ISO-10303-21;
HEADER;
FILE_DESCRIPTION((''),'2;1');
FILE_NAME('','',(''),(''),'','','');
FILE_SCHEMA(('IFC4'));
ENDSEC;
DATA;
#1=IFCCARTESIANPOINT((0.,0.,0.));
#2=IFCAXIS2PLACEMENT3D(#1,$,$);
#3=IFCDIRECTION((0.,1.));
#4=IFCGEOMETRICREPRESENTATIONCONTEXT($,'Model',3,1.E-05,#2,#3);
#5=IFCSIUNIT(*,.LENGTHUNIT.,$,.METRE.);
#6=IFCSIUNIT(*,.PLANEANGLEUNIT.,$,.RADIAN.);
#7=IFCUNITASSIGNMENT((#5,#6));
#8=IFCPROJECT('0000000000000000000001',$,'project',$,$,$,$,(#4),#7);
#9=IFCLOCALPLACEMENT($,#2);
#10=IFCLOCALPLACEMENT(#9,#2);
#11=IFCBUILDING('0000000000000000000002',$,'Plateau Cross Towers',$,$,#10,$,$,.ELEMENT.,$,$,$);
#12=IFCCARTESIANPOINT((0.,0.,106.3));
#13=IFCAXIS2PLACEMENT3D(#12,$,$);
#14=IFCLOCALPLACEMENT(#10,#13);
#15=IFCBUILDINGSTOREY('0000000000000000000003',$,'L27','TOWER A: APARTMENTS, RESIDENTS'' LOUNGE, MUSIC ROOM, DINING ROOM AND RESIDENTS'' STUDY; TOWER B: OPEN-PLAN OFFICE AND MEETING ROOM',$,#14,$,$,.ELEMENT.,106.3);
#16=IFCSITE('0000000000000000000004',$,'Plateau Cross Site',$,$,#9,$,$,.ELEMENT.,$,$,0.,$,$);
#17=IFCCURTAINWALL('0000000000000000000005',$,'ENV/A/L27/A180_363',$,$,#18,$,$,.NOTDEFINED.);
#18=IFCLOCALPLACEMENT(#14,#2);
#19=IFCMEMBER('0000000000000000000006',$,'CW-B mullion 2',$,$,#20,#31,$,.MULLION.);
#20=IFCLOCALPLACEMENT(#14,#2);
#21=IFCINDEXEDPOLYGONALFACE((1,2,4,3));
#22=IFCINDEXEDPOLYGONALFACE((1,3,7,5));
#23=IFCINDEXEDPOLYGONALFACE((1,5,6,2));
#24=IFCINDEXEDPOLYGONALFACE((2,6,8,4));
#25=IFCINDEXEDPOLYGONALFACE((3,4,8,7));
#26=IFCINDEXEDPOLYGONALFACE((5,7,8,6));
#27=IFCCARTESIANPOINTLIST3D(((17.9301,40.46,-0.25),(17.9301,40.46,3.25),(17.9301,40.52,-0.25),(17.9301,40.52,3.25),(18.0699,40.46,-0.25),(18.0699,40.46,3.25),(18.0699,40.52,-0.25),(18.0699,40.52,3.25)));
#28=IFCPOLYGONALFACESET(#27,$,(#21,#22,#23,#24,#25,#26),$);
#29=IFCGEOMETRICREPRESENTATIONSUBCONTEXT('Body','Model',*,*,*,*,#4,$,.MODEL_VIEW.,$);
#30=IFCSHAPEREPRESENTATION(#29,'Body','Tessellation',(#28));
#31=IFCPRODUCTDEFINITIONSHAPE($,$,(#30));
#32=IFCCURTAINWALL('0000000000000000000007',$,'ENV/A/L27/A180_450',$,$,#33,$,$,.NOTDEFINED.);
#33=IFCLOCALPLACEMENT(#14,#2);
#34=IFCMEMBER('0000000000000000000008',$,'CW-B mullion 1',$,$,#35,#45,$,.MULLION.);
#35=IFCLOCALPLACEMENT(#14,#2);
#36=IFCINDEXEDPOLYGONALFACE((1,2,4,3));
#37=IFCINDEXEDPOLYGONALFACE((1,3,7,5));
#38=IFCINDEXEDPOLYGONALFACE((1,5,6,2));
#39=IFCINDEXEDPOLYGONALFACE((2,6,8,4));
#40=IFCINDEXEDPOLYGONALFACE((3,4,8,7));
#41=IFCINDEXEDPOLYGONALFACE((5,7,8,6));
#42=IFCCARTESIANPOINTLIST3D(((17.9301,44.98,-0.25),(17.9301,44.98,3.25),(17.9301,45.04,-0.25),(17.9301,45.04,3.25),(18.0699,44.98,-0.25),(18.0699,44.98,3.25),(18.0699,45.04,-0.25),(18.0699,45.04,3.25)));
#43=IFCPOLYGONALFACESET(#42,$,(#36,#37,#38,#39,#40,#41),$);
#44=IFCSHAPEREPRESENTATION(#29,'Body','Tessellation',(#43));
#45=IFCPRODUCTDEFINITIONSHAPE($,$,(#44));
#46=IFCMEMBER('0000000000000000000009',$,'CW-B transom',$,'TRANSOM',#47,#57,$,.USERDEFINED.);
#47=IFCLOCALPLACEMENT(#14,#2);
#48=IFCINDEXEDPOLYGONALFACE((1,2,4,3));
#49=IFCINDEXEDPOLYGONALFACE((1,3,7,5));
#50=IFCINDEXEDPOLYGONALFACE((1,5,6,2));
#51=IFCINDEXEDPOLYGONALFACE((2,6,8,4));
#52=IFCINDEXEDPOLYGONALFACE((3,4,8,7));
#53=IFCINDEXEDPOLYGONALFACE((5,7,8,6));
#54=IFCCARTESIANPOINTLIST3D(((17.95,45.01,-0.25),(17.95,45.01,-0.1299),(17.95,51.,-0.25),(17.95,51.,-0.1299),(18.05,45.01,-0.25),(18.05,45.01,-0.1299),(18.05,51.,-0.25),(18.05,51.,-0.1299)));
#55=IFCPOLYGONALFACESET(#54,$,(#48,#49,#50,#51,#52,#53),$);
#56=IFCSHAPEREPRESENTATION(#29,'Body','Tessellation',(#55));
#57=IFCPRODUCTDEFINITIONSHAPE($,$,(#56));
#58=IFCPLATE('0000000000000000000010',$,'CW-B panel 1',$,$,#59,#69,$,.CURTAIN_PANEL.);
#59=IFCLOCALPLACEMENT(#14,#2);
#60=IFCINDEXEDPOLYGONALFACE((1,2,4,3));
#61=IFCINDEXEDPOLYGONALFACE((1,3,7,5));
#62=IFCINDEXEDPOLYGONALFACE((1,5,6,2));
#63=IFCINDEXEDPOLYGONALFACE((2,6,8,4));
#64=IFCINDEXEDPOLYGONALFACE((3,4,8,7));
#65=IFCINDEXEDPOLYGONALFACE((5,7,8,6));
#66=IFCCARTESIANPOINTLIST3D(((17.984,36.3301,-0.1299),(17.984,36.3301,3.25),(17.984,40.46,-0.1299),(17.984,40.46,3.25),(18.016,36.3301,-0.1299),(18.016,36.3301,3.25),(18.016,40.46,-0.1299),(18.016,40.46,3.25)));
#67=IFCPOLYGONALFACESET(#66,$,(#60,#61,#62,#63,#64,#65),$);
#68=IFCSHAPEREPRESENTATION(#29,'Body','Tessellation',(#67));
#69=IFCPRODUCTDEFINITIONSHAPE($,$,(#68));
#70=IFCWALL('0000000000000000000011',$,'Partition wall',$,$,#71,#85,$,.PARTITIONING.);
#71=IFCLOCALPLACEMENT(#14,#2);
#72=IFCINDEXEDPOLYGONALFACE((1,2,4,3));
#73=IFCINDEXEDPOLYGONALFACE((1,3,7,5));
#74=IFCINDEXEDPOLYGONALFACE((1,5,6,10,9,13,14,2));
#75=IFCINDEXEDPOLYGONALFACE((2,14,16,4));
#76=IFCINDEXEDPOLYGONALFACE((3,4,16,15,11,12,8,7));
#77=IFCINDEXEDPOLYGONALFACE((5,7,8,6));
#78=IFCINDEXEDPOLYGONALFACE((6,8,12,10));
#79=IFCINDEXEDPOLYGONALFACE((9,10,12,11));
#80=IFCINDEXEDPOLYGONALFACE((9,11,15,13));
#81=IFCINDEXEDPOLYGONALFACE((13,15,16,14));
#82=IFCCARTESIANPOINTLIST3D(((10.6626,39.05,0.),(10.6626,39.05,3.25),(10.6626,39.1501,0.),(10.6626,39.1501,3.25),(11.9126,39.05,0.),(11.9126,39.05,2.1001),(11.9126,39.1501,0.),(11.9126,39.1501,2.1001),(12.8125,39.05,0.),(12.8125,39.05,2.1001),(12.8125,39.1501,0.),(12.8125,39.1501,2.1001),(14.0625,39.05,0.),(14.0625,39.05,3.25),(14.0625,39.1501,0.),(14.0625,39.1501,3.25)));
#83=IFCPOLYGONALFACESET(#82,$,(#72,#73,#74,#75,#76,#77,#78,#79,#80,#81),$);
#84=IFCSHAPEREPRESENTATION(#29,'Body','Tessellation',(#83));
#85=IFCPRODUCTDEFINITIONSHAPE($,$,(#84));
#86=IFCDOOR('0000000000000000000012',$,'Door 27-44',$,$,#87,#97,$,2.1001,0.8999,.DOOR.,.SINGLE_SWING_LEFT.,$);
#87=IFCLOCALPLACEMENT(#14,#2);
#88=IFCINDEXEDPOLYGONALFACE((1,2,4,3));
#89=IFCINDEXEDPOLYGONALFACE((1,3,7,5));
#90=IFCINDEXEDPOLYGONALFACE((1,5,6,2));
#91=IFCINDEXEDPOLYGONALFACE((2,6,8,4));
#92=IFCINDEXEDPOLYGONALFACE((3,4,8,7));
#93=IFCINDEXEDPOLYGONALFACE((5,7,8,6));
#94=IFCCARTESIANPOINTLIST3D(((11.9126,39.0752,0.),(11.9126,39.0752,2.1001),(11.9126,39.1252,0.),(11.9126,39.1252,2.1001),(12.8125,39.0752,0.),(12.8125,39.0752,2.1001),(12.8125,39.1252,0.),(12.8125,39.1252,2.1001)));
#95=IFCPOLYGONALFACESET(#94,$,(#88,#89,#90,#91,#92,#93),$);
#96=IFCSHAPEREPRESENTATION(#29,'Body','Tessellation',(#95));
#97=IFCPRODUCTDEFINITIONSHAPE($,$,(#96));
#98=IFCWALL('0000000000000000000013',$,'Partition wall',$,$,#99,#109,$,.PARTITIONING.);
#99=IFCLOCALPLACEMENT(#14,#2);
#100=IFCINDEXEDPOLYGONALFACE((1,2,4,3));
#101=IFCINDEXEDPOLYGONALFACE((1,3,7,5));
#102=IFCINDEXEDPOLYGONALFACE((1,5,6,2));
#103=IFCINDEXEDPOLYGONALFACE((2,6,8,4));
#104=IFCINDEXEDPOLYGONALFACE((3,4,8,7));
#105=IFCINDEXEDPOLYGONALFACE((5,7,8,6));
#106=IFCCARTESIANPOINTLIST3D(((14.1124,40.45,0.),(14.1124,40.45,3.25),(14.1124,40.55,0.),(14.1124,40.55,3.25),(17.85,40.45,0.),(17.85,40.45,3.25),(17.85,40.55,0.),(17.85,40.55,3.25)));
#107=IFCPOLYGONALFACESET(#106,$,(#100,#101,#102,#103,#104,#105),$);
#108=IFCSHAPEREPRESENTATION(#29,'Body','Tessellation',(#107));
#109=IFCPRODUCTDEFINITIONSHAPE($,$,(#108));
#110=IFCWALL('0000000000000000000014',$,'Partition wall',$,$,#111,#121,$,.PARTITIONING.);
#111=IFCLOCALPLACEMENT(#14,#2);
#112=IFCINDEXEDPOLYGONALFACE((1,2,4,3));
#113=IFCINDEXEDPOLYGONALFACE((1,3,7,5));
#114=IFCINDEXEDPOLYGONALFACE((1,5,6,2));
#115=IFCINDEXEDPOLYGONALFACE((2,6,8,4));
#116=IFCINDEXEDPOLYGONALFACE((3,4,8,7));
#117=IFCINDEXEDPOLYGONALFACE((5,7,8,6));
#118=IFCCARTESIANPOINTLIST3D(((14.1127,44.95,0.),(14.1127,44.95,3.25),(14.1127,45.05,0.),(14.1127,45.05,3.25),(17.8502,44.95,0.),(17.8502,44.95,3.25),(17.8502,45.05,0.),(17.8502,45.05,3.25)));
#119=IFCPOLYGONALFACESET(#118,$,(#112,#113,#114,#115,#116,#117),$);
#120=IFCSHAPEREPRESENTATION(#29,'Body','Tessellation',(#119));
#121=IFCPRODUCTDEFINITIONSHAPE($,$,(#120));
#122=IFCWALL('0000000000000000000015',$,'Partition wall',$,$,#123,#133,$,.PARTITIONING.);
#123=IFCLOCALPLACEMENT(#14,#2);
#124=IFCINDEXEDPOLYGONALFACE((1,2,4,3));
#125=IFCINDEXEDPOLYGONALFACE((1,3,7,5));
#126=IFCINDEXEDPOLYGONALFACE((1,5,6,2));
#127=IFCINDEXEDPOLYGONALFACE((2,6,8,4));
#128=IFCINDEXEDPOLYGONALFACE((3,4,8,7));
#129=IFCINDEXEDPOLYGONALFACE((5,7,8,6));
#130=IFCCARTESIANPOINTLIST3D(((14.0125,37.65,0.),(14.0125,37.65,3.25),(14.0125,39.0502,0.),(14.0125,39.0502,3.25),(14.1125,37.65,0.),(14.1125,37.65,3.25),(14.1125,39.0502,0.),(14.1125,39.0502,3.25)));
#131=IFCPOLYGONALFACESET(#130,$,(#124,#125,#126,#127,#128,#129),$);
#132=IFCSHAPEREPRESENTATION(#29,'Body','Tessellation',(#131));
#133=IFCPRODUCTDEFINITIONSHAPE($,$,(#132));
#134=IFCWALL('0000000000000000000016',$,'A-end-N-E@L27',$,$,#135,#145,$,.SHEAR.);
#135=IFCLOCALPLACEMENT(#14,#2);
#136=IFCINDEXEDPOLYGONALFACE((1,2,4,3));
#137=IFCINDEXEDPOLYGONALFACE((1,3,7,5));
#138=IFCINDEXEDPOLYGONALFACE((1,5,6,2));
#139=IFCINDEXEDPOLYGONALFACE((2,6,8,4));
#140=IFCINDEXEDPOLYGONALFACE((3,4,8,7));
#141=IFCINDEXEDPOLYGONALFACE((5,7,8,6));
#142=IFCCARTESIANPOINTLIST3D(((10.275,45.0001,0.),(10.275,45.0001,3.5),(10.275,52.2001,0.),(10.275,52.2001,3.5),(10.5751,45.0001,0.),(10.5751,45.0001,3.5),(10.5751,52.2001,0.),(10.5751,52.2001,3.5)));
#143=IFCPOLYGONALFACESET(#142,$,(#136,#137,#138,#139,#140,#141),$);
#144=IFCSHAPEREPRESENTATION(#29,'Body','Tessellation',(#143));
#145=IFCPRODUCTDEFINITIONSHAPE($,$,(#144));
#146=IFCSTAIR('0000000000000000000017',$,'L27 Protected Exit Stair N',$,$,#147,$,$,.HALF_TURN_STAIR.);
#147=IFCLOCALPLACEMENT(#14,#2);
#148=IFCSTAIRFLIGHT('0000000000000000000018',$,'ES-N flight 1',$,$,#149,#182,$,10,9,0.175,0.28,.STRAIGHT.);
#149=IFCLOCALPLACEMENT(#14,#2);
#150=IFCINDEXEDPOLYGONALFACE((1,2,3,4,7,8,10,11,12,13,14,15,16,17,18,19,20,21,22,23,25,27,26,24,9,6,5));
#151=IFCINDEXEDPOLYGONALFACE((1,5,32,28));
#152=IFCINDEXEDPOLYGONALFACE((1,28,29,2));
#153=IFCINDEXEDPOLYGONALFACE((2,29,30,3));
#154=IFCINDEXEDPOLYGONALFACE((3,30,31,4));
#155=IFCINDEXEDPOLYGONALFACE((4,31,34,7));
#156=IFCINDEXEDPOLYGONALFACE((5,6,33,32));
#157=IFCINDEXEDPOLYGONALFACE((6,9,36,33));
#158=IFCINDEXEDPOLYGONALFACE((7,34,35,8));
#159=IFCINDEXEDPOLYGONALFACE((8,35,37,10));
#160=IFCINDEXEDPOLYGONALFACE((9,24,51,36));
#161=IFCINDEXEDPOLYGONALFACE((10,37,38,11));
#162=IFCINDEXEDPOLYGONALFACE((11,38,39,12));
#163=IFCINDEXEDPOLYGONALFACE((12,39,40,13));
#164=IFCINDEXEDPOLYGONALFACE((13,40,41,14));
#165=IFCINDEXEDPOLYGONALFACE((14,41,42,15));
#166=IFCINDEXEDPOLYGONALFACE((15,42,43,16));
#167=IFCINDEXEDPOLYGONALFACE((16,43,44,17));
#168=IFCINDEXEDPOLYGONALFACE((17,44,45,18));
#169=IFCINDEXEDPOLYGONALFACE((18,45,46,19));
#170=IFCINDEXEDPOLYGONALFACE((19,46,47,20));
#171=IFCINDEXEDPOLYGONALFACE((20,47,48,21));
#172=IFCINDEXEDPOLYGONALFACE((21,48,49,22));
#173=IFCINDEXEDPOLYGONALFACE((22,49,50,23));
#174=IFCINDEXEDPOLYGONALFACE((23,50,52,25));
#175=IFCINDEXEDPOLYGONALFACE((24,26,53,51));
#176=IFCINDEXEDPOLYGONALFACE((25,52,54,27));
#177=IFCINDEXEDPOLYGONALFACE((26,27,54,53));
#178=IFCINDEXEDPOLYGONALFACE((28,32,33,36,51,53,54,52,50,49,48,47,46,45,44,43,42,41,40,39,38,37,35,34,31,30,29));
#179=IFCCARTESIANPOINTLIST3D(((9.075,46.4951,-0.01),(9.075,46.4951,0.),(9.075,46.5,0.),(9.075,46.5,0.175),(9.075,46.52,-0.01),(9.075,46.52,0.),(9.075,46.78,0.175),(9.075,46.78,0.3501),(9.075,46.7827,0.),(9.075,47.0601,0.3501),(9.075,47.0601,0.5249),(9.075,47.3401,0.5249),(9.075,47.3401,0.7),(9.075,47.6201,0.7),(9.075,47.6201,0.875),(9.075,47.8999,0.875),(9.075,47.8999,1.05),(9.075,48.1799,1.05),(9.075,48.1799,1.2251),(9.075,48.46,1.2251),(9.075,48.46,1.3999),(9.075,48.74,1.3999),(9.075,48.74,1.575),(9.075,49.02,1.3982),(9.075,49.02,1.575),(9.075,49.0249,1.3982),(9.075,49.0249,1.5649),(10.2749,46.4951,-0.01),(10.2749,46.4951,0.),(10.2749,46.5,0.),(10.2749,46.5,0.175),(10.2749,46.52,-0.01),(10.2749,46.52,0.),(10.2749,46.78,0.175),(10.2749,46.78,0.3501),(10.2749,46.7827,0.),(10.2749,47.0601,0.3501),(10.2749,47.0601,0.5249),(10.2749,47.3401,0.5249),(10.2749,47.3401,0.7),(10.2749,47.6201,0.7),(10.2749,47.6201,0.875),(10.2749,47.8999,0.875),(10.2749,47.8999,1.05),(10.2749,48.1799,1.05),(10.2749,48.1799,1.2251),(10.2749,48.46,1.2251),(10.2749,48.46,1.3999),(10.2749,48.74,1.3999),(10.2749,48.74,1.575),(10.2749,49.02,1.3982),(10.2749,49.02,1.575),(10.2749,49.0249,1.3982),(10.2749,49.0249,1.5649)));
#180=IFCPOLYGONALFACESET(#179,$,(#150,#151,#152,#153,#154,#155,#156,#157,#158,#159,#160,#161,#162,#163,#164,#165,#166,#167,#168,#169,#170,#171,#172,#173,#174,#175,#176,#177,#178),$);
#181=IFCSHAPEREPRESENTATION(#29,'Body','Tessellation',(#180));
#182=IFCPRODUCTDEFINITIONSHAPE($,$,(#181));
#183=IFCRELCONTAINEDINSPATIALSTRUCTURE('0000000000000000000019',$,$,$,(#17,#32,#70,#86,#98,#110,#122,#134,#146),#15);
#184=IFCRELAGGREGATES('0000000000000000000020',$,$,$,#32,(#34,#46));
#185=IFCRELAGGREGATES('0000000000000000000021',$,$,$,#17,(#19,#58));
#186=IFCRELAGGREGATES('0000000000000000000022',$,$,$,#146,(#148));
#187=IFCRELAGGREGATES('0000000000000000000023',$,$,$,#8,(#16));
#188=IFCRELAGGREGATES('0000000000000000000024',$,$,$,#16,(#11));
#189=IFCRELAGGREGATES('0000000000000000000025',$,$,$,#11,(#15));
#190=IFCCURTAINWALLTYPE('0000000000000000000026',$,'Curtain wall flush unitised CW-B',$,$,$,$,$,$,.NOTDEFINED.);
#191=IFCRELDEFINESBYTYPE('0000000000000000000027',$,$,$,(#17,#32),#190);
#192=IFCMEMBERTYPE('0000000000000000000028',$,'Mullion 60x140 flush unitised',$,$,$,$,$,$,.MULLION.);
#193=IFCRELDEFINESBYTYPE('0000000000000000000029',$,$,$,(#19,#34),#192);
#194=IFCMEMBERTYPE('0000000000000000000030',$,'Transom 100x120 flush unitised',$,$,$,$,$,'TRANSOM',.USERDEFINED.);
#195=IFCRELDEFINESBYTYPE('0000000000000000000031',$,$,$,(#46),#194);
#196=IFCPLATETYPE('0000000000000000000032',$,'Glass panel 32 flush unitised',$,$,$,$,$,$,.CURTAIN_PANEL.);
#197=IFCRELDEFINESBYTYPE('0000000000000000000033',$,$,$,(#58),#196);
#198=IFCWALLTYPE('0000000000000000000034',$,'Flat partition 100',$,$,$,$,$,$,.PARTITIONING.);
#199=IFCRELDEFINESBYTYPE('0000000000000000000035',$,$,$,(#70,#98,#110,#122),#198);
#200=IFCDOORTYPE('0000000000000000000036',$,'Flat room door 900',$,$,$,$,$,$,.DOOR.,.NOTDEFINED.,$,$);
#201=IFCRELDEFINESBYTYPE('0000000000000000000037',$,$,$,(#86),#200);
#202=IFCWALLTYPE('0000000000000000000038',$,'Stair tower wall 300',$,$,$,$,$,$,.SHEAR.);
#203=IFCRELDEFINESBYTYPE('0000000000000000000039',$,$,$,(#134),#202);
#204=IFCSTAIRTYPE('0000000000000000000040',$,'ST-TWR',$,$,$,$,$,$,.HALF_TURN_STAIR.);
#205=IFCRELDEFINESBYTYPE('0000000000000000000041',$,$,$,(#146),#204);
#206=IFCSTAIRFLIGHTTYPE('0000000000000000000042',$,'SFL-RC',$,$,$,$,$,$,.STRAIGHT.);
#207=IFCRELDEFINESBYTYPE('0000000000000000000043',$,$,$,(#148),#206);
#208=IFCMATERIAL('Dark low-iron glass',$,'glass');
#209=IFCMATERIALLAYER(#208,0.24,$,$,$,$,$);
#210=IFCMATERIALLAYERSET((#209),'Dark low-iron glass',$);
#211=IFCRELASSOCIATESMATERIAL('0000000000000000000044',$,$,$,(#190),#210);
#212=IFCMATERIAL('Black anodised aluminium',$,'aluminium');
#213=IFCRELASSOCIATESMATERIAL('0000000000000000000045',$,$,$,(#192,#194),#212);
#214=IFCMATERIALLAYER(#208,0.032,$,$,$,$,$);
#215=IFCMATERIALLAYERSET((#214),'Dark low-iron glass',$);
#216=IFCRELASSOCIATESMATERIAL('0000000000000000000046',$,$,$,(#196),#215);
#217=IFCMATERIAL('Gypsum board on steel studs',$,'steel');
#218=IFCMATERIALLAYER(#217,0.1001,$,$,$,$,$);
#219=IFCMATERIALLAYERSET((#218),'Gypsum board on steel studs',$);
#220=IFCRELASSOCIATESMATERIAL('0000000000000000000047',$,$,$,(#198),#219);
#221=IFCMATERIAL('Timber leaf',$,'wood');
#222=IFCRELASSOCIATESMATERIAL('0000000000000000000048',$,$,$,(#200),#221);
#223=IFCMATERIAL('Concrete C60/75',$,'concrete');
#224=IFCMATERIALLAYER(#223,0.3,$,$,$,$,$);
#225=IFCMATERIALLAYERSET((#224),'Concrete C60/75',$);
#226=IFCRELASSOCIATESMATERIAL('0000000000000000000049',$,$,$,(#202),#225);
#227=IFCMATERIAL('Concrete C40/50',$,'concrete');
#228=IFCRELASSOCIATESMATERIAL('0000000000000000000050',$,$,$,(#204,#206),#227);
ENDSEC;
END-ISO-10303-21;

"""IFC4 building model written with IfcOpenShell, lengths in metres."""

from ifc_helpers import new_model, si_unit, direction, frame, frame_2d, origin, origin_2d, place, context, subcontext, project, spatial, polyline, rectangle, outline, extrude, material, layer, layer_set, material_profile, profile_set, type_object, element, fill, aggregate, save


model = new_model("IFC4")

# Units and contexts
model_context = context("Model", 3, precision=1e-05, world=origin(), true_north=direction((0.0, 1.0)))
body_context = subcontext(model_context, "Body", "Model", "MODEL_VIEW")
ifc_project = project(units=[si_unit("LENGTHUNIT", "METRE"), si_unit("PLANEANGLEUNIT", "RADIAN")], contexts=[model_context])

# Site, building, storey
site_placement = place(None, origin())
site = spatial("IfcSite", under=ifc_project, at=site_placement, Name="Plateau Cross Site", CompositionType="ELEMENT", RefElevation=0.0)
building_placement = place(site_placement, origin())
building = spatial("IfcBuilding", under=site, at=building_placement, Name="Plateau Cross Towers", CompositionType="ELEMENT")
storey_placement = place(building_placement, frame((0.0, 0.0, 106.3)))
storey = spatial("IfcBuildingStorey", under=building, at=storey_placement, Name="L27", Description="TOWER A: APARTMENTS, RESIDENTS' LOUNGE, MUSIC ROOM, DINING ROOM AND RESIDENTS' STUDY; TOWER B: OPEN-PLAN OFFICE AND MEETING ROOM", CompositionType="ELEMENT", Elevation=106.3)

# Curtain wall, member
ifc_material_1 = material(Name="Dark low-iron glass", Category="glass")
ifc_layer_1 = layer(ifc_material_1, 0.24)
ifc_layer_set_1 = layer_set([ifc_layer_1], Name="Dark low-iron glass")
curtain_wall_type = type_object("IfcCurtainWallType", Name="Curtain wall flush unitised CW-B", PredefinedType="NOTDEFINED", material=ifc_layer_set_1)
curtain_wall_1_placement = place(storey_placement, origin())
curtain_wall_1 = element("IfcCurtainWall", 1, at=curtain_wall_1_placement, inside=storey, type_object=curtain_wall_type, Name="ENV/A/L27/A180_363", PredefinedType="NOTDEFINED")
ifc_material_2 = material(Name="Black anodised aluminium", Category="aluminium")
ifc_material_profile_1 = material_profile(ifc_material_2, rectangle(XDim=0.0601, YDim=0.1399, at=origin_2d()), Name="MULLION 60x140")
ifc_profile_set_1 = profile_set([ifc_material_profile_1], Name="Black anodised aluminium")
member_type_1 = type_object("IfcMemberType", Name="Mullion 60x140 flush unitised", PredefinedType="MULLION", material=ifc_profile_set_1)
member_1_placement = place(storey_placement, frame((18.0, 40.49, -0.25), z_axis=(0.0, 0.0, 1.0), x_axis=(0.0, 1.0, 0.0)))
member_1 = element("IfcMember", 2, at=member_1_placement, type_object=member_type_1, Name="CW-B mullion 2", PredefinedType="MULLION", context=body_context, shape_type="SweptSolid", body=[
    extrude(rectangle(XDim=0.0601, YDim=0.1399, at=origin_2d()), origin(), (0.0, 0.0, 1.0), 3.5),
])

# Curtain wall, members
curtain_wall_2_placement = place(storey_placement, origin())
curtain_wall_2 = element("IfcCurtainWall", 3, at=curtain_wall_2_placement, inside=storey, type_object=curtain_wall_type, Name="ENV/A/L27/A180_450", PredefinedType="NOTDEFINED")
member_2_placement = place(storey_placement, frame((18.0, 45.01, -0.25), z_axis=(0.0, 0.0, 1.0), x_axis=(0.0, 1.0, 0.0)))
member_2 = element("IfcMember", 4, at=member_2_placement, type_object=member_type_1, Name="CW-B mullion 1", PredefinedType="MULLION", context=body_context, shape_type="SweptSolid", body=[
    extrude(rectangle(XDim=0.0601, YDim=0.1399, at=origin_2d()), origin(), (0.0, 0.0, 1.0), 3.5),
])
ifc_material_profile_2 = material_profile(ifc_material_2, rectangle(XDim=0.1001, YDim=0.1201, at=origin_2d()), Name="TRANSOM 100x120")
ifc_profile_set_2 = profile_set([ifc_material_profile_2], Name="Black anodised aluminium")
member_type_2 = type_object("IfcMemberType", Name="Transom 100x120 flush unitised", ElementType="TRANSOM", PredefinedType="USERDEFINED", material=ifc_profile_set_2)
member_3_placement = place(storey_placement, frame((18.0, 45.01, -0.1899), z_axis=(0.0, 1.0, 0.0), x_axis=(-1.0, 0.0, 0.0)))
member_3 = element("IfcMember", 5, at=member_3_placement, type_object=member_type_2, Name="CW-B transom", ObjectType="TRANSOM", PredefinedType="USERDEFINED", context=body_context, shape_type="SweptSolid", body=[
    extrude(rectangle(XDim=0.1001, YDim=0.1201, at=origin_2d()), origin(), (0.0, 0.0, 1.0), 5.99),
])
aggregate(curtain_wall_2, [member_2, member_3])

# Plate
ifc_layer_2 = layer(ifc_material_1, 0.032)
ifc_layer_set_2 = layer_set([ifc_layer_2], Name="Dark low-iron glass")
plate_type = type_object("IfcPlateType", Name="Glass panel 32 flush unitised", PredefinedType="CURTAIN_PANEL", material=ifc_layer_set_2)
plate_placement = place(storey_placement, frame((18.0, 38.395, -0.1299), z_axis=(0.0, 0.0, 1.0), x_axis=(0.0, 1.0, 0.0)))
plate = element("IfcPlate", 6, at=plate_placement, type_object=plate_type, Name="CW-B panel 1", PredefinedType="CURTAIN_PANEL", context=body_context, shape_type="SweptSolid", body=[
    extrude(rectangle(XDim=4.1299, YDim=0.032, at=origin_2d()), origin(), (0.0, 0.0, 1.0), 3.3799),
])
aggregate(curtain_wall_1, [member_1, plate])

# Wall, opening, door
ifc_material_3 = material(Name="Gypsum board on steel studs", Category="steel")
ifc_layer_3 = layer(ifc_material_3, 0.1001)
ifc_layer_set_3 = layer_set([ifc_layer_3], Name="Gypsum board on steel studs")
wall_type_1 = type_object("IfcWallType", Name="Flat partition 100", PredefinedType="PARTITIONING", material=ifc_layer_set_3)
wall_1_placement = place(storey_placement, frame((14.0625, 39.1001, 0.0), z_axis=(0.0, 0.0, 1.0), x_axis=(-1.0, 0.0, 0.0)))
wall_1 = element("IfcWall", 7, at=wall_1_placement, inside=storey, type_object=wall_type_1, Name="Partition wall", PredefinedType="PARTITIONING", context=body_context, shape_type="SweptSolid", body=[
    extrude(rectangle(XDim=3.3999, YDim=0.1001, at=frame_2d((1.7, 0.0))), origin(), (0.0, 0.0, 1.0), 3.25),
])
opening_1_placement = place(wall_1_placement, frame((1.25, 0.0, 0.0)))
opening_1 = element("IfcOpeningElement", 8, at=opening_1_placement, cuts=wall_1, PredefinedType="OPENING", context=body_context, shape_type="SweptSolid", body=[
    extrude(rectangle(XDim=0.8999, YDim=2.1001, at=frame_2d((0.45, 1.05))), frame((0.0, 0.0601, 0.0), z_axis=(0.0, -1.0, 0.0), x_axis=(1.0, 0.0, 0.0)), (0.0, 0.0, 1.0), 0.1201),
])
ifc_material_4 = material(Name="Timber leaf", Category="wood")
door_type_1 = type_object("IfcDoorType", Name="Flat room door 900", OperationType="NOTDEFINED", PredefinedType="DOOR", material=ifc_material_4)
door_1_placement = place(opening_1_placement, origin())
door_1 = element("IfcDoor", 9, at=door_1_placement, inside=storey, type_object=door_type_1, Name="Door 27-44", OperationType="SINGLE_SWING_LEFT", OverallHeight=2.1001, OverallWidth=0.8999, PredefinedType="DOOR", context=body_context, shape_type="SweptSolid", body=[
    extrude(rectangle(XDim=0.8999, YDim=2.1001, at=frame_2d((0.45, 1.05))), frame((0.0, 0.0249, 0.0), z_axis=(0.0, -1.0, 0.0), x_axis=(1.0, 0.0, 0.0)), (0.0, 0.0, 1.0), 0.05),
])
fill(opening_1, door_1)

# Walls
for number, where, z_axis, x_axis, name in (
    (10, (14.1125, 40.5, 0.0), (0.0, 0.0, 1.0), (1.0, 0.0, 0.0), "Partition wall"),
    (11, (17.8501, 45.0, 0.0), (0.0, 0.0, 1.0), (-1.0, 0.0, 0.0), "Partition wall"),
):
    element("IfcWall", number, at=place(storey_placement, frame(where, z_axis=z_axis, x_axis=x_axis)), inside=storey, type_object=wall_type_1, Name=name, PredefinedType="PARTITIONING", context=body_context, shape_type="SweptSolid", body=[
        extrude(rectangle(XDim=3.7375, YDim=0.1001, at=frame_2d((1.8687, 0.0))), origin(), (0.0, 0.0, 1.0), 3.25),
    ])
wall_2_placement = place(storey_placement, frame((14.0625, 37.6499, 0.0), z_axis=(0.0, 0.0, 1.0), x_axis=(0.0, 1.0, 0.0)))
element("IfcWall", 12, at=wall_2_placement, inside=storey, type_object=wall_type_1, Name="Partition wall", PredefinedType="PARTITIONING", context=body_context, shape_type="SweptSolid", body=[
    extrude(rectangle(XDim=1.4001, YDim=0.1001, at=frame_2d((0.7002, 0.0))), origin(), (0.0, 0.0, 1.0), 3.25),
])
ifc_material_5 = material(Name="Concrete C60/75", Category="concrete")
ifc_layer_4 = layer(ifc_material_5, 0.3)
ifc_layer_set_4 = layer_set([ifc_layer_4], Name="Concrete C60/75")
wall_type_2 = type_object("IfcWallType", Name="Stair tower wall 300", PredefinedType="SHEAR", material=ifc_layer_set_4)
wall_3_placement = place(storey_placement, frame((10.425, 45.0, 0.0), z_axis=(0.0, 0.0, 1.0), x_axis=(0.0, 1.0, 0.0)))
element("IfcWall", 13, at=wall_3_placement, inside=storey, type_object=wall_type_2, Name="A-end-N-E@L27", PredefinedType="SHEAR", context=body_context, shape_type="SweptSolid", body=[
    extrude(rectangle(XDim=7.2, YDim=0.3, at=frame_2d((3.6001, 0.0))), origin(), (0.0, 0.0, 1.0), 3.5),
])

# Stair, stair flight
ifc_material_6 = material(Name="Concrete C40/50", Category="concrete")
stair_type = type_object("IfcStairType", Name="ST-TWR", PredefinedType="HALF_TURN_STAIR", material=ifc_material_6)
stair_placement = place(storey_placement, origin())
stair = element("IfcStair", 14, at=stair_placement, inside=storey, type_object=stair_type, Name="L27 Protected Exit Stair N", PredefinedType="HALF_TURN_STAIR")
stair_flight_type = type_object("IfcStairFlightType", Name="SFL-RC", PredefinedType="STRAIGHT", material=ifc_material_6)
stair_flight_placement = place(storey_placement, frame((9.675, 46.5, 0.0), z_axis=(0.0, 0.0, 1.0), x_axis=(0.0, 1.0, 0.0)))
stair_flight = element("IfcStairFlight", 15, at=stair_flight_placement, type_object=stair_flight_type, Name="ES-N flight 1", NumberOfRisers=10, NumberOfTreads=9, PredefinedType="STRAIGHT", RiserHeight=0.175, TreadLength=0.28, context=body_context, shape_type="SweptSolid", body=[
    extrude(outline(polyline([(-0.0049, -0.01), (-0.0049, 0.0), (0.0, 0.0), (0.0, 0.175), (0.28, 0.175), (0.28, 0.3501), (0.5601, 0.3501), (0.5601, 0.5249), (0.8401, 0.5249), (0.8401, 0.7), (1.1201, 0.7), (1.1201, 0.875), (1.3999, 0.875), (1.3999, 1.05), (1.6799, 1.05), (1.6799, 1.2251), (1.96, 1.2251), (1.96, 1.3999), (2.24, 1.3999), (2.24, 1.575), (2.52, 1.575), (2.5249, 1.5649), (2.5249, 1.3982), (2.52, 1.3982), (0.2827, 0.0), (0.02, 0.0), (0.02, -0.01), (-0.0049, -0.01)])), frame((0.0, 0.6001, 0.0), z_axis=(0.0, -1.0, 0.0), x_axis=(1.0, 0.0, 0.0)), (0.0, 0.0, 1.0), 1.2),
])
aggregate(stair, [stair_flight])

save(model, "model.ifc")
